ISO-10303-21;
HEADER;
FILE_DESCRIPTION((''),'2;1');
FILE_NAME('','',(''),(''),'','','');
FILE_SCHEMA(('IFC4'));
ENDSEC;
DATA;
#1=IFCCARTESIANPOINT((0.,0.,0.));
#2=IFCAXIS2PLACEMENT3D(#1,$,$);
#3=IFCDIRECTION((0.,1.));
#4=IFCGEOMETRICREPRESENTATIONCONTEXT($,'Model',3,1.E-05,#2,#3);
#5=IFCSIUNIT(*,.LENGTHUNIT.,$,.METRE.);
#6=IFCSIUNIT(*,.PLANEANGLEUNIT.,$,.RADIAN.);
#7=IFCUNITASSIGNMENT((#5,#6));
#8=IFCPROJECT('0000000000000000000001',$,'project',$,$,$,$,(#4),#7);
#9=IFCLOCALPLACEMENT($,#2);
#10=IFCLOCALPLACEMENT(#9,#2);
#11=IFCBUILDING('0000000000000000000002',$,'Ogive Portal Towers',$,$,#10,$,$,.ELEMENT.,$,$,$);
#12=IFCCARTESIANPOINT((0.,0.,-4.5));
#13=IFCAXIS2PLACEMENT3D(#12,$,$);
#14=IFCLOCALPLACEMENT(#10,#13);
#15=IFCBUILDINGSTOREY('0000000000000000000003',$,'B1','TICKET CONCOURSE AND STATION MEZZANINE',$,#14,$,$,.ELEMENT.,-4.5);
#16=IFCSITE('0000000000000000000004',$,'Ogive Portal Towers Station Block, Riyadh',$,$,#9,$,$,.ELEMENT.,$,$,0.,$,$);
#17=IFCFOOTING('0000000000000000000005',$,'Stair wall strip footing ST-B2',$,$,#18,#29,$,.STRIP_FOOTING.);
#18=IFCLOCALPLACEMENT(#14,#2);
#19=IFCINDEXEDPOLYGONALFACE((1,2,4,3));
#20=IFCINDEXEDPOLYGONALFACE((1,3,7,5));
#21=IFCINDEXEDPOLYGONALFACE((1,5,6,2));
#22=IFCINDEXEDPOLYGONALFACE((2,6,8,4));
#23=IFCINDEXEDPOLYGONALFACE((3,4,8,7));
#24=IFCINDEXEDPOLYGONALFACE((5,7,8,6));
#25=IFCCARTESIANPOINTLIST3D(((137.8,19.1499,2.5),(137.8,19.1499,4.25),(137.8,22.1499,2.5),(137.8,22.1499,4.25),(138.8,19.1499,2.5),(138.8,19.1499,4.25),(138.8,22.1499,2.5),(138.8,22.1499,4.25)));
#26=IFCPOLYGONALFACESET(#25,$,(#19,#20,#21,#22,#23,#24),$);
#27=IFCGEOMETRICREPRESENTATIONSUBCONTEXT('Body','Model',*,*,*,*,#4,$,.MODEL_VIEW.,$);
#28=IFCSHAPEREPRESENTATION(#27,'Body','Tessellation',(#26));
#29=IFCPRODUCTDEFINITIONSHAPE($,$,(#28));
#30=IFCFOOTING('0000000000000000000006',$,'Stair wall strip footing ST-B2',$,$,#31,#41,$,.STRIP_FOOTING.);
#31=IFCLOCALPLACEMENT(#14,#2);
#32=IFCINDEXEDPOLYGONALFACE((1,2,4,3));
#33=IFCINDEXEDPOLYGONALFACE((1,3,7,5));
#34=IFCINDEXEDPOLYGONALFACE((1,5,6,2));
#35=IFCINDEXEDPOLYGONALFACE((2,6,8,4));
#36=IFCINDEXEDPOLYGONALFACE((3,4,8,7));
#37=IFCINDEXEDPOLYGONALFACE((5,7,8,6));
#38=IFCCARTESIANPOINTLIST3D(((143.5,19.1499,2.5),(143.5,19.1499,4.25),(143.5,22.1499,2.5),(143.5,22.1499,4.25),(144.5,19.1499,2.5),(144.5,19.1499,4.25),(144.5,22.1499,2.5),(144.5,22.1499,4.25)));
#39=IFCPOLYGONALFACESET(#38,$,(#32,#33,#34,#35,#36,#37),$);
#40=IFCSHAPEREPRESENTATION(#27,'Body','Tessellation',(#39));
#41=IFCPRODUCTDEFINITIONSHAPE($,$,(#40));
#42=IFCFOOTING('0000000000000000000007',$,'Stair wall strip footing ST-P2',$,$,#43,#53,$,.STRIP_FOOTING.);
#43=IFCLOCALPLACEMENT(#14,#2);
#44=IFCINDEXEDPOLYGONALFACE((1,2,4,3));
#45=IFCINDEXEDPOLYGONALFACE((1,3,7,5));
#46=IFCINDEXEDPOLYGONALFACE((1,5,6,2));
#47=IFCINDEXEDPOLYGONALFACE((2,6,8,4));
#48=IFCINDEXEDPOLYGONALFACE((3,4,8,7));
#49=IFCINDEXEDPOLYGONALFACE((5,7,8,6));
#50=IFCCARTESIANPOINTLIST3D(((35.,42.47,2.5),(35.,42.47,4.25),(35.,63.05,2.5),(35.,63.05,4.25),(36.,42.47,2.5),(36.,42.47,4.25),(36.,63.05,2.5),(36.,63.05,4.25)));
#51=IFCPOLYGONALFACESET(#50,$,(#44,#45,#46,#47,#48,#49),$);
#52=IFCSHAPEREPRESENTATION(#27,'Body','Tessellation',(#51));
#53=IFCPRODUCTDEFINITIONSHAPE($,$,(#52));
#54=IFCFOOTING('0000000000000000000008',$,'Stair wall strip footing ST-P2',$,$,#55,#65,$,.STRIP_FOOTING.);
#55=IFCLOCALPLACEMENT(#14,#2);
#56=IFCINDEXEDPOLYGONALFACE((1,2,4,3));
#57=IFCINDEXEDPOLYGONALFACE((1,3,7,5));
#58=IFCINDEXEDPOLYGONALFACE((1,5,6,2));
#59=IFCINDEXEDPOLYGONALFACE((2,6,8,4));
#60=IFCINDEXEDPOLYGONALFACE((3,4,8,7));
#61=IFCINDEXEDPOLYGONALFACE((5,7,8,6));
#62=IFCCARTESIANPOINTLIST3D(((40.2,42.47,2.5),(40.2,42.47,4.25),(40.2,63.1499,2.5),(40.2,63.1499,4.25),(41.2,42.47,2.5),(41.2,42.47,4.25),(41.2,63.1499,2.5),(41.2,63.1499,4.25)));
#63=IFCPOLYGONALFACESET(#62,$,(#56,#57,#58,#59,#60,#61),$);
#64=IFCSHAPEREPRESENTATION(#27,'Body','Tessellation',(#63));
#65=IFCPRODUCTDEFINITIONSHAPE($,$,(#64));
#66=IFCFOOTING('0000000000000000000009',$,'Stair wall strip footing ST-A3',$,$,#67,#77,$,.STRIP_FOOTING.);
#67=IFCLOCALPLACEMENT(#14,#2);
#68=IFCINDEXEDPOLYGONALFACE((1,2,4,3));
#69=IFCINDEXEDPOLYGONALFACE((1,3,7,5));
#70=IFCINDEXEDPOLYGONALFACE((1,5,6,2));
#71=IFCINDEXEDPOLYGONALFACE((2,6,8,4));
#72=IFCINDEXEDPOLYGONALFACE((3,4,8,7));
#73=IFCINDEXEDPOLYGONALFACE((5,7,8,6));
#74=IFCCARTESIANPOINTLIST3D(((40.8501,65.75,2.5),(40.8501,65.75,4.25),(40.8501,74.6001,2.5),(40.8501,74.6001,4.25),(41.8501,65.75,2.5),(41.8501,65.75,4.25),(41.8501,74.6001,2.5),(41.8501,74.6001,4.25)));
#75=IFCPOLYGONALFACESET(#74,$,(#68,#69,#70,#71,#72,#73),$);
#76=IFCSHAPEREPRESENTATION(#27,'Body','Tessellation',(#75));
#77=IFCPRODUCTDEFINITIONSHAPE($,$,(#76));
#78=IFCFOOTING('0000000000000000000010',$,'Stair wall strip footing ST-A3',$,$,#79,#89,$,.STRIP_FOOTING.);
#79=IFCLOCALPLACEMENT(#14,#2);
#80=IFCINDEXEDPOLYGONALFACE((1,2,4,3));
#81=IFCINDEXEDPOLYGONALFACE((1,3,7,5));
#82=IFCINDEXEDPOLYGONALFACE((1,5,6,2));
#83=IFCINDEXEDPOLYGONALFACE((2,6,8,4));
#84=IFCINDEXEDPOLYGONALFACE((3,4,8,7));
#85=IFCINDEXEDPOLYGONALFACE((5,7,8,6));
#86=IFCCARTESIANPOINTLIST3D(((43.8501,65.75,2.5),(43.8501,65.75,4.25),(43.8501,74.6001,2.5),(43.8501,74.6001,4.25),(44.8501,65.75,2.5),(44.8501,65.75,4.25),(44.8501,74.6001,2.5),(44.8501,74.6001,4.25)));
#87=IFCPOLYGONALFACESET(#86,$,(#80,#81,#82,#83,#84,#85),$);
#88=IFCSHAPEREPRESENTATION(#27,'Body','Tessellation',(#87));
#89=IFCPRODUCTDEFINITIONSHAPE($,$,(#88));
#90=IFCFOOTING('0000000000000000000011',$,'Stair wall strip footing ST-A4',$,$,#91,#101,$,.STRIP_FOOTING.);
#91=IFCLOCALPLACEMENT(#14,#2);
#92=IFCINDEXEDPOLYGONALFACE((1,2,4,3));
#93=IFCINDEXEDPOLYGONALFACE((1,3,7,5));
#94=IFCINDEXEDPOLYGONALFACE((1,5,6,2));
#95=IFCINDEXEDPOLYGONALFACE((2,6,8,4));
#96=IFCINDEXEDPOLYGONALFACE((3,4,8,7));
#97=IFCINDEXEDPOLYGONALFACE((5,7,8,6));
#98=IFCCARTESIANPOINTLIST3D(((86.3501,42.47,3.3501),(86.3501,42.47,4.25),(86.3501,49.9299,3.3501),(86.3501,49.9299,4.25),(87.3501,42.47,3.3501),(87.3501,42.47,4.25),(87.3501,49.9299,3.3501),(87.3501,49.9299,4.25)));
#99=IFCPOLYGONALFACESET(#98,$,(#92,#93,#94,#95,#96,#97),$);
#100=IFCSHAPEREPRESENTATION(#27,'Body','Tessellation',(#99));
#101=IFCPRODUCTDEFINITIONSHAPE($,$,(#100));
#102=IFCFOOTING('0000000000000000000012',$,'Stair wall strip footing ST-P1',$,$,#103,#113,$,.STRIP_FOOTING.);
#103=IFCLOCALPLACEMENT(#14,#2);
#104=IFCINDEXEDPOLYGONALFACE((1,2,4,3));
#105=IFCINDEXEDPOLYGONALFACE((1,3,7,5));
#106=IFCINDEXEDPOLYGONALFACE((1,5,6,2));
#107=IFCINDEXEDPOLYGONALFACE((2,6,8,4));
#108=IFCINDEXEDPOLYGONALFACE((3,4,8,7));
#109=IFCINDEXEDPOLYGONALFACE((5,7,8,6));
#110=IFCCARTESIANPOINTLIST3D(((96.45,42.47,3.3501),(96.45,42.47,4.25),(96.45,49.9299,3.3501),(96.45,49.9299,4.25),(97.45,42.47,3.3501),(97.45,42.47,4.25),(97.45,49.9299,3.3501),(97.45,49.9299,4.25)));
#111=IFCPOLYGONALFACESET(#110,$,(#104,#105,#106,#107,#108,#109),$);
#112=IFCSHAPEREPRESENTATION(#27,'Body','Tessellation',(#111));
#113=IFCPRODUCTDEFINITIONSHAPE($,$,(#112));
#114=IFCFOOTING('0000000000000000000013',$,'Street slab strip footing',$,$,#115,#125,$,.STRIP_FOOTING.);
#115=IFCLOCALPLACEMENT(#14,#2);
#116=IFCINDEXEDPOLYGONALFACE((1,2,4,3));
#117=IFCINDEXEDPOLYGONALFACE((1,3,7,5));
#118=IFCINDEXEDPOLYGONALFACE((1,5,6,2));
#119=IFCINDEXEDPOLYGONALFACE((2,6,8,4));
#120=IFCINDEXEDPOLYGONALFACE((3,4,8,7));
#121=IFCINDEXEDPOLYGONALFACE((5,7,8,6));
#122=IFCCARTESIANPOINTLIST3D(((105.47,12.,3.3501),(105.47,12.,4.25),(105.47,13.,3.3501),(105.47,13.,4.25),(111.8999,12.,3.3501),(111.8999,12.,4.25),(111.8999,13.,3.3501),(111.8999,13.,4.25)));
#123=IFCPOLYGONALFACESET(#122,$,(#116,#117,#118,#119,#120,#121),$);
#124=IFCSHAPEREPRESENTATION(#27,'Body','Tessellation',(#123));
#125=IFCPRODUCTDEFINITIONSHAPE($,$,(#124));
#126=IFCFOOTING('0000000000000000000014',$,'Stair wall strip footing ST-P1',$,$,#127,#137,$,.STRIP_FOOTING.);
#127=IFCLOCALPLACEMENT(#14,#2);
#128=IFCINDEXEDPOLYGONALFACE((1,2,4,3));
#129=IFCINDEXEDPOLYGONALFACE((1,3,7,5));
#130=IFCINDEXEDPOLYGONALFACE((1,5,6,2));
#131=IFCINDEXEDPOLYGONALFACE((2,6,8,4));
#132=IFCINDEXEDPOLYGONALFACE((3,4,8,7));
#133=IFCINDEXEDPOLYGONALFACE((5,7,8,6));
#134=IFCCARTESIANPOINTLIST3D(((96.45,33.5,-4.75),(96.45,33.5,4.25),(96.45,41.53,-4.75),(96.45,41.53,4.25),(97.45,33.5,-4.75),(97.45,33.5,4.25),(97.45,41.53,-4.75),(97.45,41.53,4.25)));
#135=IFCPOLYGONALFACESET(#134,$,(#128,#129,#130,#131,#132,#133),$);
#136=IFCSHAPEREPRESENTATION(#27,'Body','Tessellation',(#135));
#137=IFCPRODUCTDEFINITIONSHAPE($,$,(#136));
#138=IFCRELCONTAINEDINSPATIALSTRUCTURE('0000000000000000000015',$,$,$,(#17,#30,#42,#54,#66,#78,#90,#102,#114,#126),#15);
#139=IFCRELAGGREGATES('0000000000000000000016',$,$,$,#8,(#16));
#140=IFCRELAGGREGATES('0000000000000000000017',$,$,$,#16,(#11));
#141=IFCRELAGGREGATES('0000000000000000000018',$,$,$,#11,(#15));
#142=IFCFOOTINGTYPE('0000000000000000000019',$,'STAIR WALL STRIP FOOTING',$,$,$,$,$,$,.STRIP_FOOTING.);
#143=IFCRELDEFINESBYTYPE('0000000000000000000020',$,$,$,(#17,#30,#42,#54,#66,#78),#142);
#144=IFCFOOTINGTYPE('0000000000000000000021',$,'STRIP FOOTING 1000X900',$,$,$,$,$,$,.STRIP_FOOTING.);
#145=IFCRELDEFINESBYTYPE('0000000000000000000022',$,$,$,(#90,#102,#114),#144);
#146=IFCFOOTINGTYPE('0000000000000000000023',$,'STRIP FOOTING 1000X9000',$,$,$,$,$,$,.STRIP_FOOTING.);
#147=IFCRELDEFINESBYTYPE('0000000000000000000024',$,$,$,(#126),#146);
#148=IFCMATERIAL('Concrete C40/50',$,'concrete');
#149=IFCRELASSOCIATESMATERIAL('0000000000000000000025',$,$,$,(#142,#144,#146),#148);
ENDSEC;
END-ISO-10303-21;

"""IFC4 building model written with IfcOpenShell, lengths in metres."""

from ifc_helpers import new_model, si_unit, direction, frame, origin, place, context, subcontext, project, spatial, polyline, outline, extrude, material, type_object, element, save


model = new_model("IFC4")

# Units and contexts
model_context = context("Model", 3, precision=1e-05, world=origin(), true_north=direction((0.0, 1.0)))
body_context = subcontext(model_context, "Body", "Model", "MODEL_VIEW")
ifc_project = project(units=[si_unit("LENGTHUNIT", "METRE"), si_unit("PLANEANGLEUNIT", "RADIAN")], contexts=[model_context])

# Site, building, storey
site_placement = place(None, origin())
site = spatial("IfcSite", under=ifc_project, at=site_placement, Name="Ogive Portal Towers Station Block, Riyadh", CompositionType="ELEMENT", RefElevation=0.0)
building_placement = place(site_placement, origin())
building = spatial("IfcBuilding", under=site, at=building_placement, Name="Ogive Portal Towers", CompositionType="ELEMENT")
storey_placement = place(building_placement, frame((0.0, 0.0, -4.5)))
storey = spatial("IfcBuildingStorey", under=building, at=storey_placement, Name="B1", Description="TICKET CONCOURSE AND STATION MEZZANINE", CompositionType="ELEMENT", Elevation=-4.5)

# Footings
ifc_material = material(Name="Concrete C40/50", Category="concrete")
footing_type_1 = type_object("IfcFootingType", Name="STAIR WALL STRIP FOOTING", PredefinedType="STRIP_FOOTING", material=ifc_material)
footing_1_placement = place(storey_placement, frame((0.0, 0.0, 2.5)))
element("IfcFooting", 1, at=footing_1_placement, inside=storey, type_object=footing_type_1, Name="Stair wall strip footing ST-B2", PredefinedType="STRIP_FOOTING", context=body_context, shape_type="SweptSolid", body=[
    extrude(outline(polyline([(138.8, 22.1499), (137.8, 22.1499), (137.8, 19.1499), (138.8, 19.1499), (138.8, 22.1499)])), origin(), (0.0, 0.0, 1.0), 1.75),
])
footing_2_placement = place(storey_placement, frame((0.0, 0.0, 2.5)))
element("IfcFooting", 2, at=footing_2_placement, inside=storey, type_object=footing_type_1, Name="Stair wall strip footing ST-B2", PredefinedType="STRIP_FOOTING", context=body_context, shape_type="SweptSolid", body=[
    extrude(outline(polyline([(144.5, 22.1499), (143.5, 22.1499), (143.5, 19.1499), (144.5, 19.1499), (144.5, 22.1499)])), origin(), (0.0, 0.0, 1.0), 1.75),
])
footing_3_placement = place(storey_placement, frame((0.0, 0.0, 2.5)))
element("IfcFooting", 3, at=footing_3_placement, inside=storey, type_object=footing_type_1, Name="Stair wall strip footing ST-P2", PredefinedType="STRIP_FOOTING", context=body_context, shape_type="SweptSolid", body=[
    extrude(outline(polyline([(36.0, 63.05), (35.0, 63.05), (35.0, 42.47), (36.0, 42.47), (36.0, 63.05)])), origin(), (0.0, 0.0, 1.0), 1.75),
])
footing_4_placement = place(storey_placement, frame((0.0, 0.0, 2.5)))
element("IfcFooting", 4, at=footing_4_placement, inside=storey, type_object=footing_type_1, Name="Stair wall strip footing ST-P2", PredefinedType="STRIP_FOOTING", context=body_context, shape_type="SweptSolid", body=[
    extrude(outline(polyline([(41.2, 63.1499), (40.2, 63.1499), (40.2, 42.47), (41.2, 42.47), (41.2, 63.1499)])), origin(), (0.0, 0.0, 1.0), 1.75),
])
footing_5_placement = place(storey_placement, frame((0.0, 0.0, 2.5)))
element("IfcFooting", 5, at=footing_5_placement, inside=storey, type_object=footing_type_1, Name="Stair wall strip footing ST-A3", PredefinedType="STRIP_FOOTING", context=body_context, shape_type="SweptSolid", body=[
    extrude(outline(polyline([(41.8501, 74.6001), (40.8501, 74.6001), (40.8501, 65.75), (41.8501, 65.75), (41.8501, 74.6001)])), origin(), (0.0, 0.0, 1.0), 1.75),
])
footing_6_placement = place(storey_placement, frame((0.0, 0.0, 2.5)))
element("IfcFooting", 6, at=footing_6_placement, inside=storey, type_object=footing_type_1, Name="Stair wall strip footing ST-A3", PredefinedType="STRIP_FOOTING", context=body_context, shape_type="SweptSolid", body=[
    extrude(outline(polyline([(44.8501, 74.6001), (43.8501, 74.6001), (43.8501, 65.75), (44.8501, 65.75), (44.8501, 74.6001)])), origin(), (0.0, 0.0, 1.0), 1.75),
])
footing_type_2 = type_object("IfcFootingType", Name="STRIP FOOTING 1000X900", PredefinedType="STRIP_FOOTING", material=ifc_material)
footing_7_placement = place(storey_placement, frame((0.0, 0.0, 3.3501)))
element("IfcFooting", 7, at=footing_7_placement, inside=storey, type_object=footing_type_2, Name="Stair wall strip footing ST-A4", PredefinedType="STRIP_FOOTING", context=body_context, shape_type="SweptSolid", body=[
    extrude(outline(polyline([(87.3501, 49.9299), (86.3501, 49.9299), (86.3501, 42.47), (87.3501, 42.47), (87.3501, 49.9299)])), origin(), (0.0, 0.0, 1.0), 0.8999),
])
footing_8_placement = place(storey_placement, frame((0.0, 0.0, 3.3501)))
element("IfcFooting", 8, at=footing_8_placement, inside=storey, type_object=footing_type_2, Name="Stair wall strip footing ST-P1", PredefinedType="STRIP_FOOTING", context=body_context, shape_type="SweptSolid", body=[
    extrude(outline(polyline([(97.45, 49.9299), (96.45, 49.9299), (96.45, 42.47), (97.45, 42.47), (97.45, 49.9299)])), origin(), (0.0, 0.0, 1.0), 0.8999),
])
footing_9_placement = place(storey_placement, frame((0.0, 0.0, 3.3501)))
element("IfcFooting", 9, at=footing_9_placement, inside=storey, type_object=footing_type_2, Name="Street slab strip footing", PredefinedType="STRIP_FOOTING", context=body_context, shape_type="SweptSolid", body=[
    extrude(outline(polyline([(111.8999, 13.0), (105.47, 13.0), (105.47, 12.0), (111.8999, 12.0), (111.8999, 13.0)])), origin(), (0.0, 0.0, 1.0), 0.8999),
])
footing_type_3 = type_object("IfcFootingType", Name="STRIP FOOTING 1000X9000", PredefinedType="STRIP_FOOTING", material=ifc_material)
footing_10_placement = place(storey_placement, frame((0.0, 0.0, -4.75)))
element("IfcFooting", 10, at=footing_10_placement, inside=storey, type_object=footing_type_3, Name="Stair wall strip footing ST-P1", PredefinedType="STRIP_FOOTING", context=body_context, shape_type="SweptSolid", body=[
    extrude(outline(polyline([(97.45, 33.5), (97.45, 41.53), (96.45, 41.53), (96.45, 33.5), (97.45, 33.5)])), origin(), (0.0, 0.0, 1.0), 9.0),
])

save(model, "model.ifc")
